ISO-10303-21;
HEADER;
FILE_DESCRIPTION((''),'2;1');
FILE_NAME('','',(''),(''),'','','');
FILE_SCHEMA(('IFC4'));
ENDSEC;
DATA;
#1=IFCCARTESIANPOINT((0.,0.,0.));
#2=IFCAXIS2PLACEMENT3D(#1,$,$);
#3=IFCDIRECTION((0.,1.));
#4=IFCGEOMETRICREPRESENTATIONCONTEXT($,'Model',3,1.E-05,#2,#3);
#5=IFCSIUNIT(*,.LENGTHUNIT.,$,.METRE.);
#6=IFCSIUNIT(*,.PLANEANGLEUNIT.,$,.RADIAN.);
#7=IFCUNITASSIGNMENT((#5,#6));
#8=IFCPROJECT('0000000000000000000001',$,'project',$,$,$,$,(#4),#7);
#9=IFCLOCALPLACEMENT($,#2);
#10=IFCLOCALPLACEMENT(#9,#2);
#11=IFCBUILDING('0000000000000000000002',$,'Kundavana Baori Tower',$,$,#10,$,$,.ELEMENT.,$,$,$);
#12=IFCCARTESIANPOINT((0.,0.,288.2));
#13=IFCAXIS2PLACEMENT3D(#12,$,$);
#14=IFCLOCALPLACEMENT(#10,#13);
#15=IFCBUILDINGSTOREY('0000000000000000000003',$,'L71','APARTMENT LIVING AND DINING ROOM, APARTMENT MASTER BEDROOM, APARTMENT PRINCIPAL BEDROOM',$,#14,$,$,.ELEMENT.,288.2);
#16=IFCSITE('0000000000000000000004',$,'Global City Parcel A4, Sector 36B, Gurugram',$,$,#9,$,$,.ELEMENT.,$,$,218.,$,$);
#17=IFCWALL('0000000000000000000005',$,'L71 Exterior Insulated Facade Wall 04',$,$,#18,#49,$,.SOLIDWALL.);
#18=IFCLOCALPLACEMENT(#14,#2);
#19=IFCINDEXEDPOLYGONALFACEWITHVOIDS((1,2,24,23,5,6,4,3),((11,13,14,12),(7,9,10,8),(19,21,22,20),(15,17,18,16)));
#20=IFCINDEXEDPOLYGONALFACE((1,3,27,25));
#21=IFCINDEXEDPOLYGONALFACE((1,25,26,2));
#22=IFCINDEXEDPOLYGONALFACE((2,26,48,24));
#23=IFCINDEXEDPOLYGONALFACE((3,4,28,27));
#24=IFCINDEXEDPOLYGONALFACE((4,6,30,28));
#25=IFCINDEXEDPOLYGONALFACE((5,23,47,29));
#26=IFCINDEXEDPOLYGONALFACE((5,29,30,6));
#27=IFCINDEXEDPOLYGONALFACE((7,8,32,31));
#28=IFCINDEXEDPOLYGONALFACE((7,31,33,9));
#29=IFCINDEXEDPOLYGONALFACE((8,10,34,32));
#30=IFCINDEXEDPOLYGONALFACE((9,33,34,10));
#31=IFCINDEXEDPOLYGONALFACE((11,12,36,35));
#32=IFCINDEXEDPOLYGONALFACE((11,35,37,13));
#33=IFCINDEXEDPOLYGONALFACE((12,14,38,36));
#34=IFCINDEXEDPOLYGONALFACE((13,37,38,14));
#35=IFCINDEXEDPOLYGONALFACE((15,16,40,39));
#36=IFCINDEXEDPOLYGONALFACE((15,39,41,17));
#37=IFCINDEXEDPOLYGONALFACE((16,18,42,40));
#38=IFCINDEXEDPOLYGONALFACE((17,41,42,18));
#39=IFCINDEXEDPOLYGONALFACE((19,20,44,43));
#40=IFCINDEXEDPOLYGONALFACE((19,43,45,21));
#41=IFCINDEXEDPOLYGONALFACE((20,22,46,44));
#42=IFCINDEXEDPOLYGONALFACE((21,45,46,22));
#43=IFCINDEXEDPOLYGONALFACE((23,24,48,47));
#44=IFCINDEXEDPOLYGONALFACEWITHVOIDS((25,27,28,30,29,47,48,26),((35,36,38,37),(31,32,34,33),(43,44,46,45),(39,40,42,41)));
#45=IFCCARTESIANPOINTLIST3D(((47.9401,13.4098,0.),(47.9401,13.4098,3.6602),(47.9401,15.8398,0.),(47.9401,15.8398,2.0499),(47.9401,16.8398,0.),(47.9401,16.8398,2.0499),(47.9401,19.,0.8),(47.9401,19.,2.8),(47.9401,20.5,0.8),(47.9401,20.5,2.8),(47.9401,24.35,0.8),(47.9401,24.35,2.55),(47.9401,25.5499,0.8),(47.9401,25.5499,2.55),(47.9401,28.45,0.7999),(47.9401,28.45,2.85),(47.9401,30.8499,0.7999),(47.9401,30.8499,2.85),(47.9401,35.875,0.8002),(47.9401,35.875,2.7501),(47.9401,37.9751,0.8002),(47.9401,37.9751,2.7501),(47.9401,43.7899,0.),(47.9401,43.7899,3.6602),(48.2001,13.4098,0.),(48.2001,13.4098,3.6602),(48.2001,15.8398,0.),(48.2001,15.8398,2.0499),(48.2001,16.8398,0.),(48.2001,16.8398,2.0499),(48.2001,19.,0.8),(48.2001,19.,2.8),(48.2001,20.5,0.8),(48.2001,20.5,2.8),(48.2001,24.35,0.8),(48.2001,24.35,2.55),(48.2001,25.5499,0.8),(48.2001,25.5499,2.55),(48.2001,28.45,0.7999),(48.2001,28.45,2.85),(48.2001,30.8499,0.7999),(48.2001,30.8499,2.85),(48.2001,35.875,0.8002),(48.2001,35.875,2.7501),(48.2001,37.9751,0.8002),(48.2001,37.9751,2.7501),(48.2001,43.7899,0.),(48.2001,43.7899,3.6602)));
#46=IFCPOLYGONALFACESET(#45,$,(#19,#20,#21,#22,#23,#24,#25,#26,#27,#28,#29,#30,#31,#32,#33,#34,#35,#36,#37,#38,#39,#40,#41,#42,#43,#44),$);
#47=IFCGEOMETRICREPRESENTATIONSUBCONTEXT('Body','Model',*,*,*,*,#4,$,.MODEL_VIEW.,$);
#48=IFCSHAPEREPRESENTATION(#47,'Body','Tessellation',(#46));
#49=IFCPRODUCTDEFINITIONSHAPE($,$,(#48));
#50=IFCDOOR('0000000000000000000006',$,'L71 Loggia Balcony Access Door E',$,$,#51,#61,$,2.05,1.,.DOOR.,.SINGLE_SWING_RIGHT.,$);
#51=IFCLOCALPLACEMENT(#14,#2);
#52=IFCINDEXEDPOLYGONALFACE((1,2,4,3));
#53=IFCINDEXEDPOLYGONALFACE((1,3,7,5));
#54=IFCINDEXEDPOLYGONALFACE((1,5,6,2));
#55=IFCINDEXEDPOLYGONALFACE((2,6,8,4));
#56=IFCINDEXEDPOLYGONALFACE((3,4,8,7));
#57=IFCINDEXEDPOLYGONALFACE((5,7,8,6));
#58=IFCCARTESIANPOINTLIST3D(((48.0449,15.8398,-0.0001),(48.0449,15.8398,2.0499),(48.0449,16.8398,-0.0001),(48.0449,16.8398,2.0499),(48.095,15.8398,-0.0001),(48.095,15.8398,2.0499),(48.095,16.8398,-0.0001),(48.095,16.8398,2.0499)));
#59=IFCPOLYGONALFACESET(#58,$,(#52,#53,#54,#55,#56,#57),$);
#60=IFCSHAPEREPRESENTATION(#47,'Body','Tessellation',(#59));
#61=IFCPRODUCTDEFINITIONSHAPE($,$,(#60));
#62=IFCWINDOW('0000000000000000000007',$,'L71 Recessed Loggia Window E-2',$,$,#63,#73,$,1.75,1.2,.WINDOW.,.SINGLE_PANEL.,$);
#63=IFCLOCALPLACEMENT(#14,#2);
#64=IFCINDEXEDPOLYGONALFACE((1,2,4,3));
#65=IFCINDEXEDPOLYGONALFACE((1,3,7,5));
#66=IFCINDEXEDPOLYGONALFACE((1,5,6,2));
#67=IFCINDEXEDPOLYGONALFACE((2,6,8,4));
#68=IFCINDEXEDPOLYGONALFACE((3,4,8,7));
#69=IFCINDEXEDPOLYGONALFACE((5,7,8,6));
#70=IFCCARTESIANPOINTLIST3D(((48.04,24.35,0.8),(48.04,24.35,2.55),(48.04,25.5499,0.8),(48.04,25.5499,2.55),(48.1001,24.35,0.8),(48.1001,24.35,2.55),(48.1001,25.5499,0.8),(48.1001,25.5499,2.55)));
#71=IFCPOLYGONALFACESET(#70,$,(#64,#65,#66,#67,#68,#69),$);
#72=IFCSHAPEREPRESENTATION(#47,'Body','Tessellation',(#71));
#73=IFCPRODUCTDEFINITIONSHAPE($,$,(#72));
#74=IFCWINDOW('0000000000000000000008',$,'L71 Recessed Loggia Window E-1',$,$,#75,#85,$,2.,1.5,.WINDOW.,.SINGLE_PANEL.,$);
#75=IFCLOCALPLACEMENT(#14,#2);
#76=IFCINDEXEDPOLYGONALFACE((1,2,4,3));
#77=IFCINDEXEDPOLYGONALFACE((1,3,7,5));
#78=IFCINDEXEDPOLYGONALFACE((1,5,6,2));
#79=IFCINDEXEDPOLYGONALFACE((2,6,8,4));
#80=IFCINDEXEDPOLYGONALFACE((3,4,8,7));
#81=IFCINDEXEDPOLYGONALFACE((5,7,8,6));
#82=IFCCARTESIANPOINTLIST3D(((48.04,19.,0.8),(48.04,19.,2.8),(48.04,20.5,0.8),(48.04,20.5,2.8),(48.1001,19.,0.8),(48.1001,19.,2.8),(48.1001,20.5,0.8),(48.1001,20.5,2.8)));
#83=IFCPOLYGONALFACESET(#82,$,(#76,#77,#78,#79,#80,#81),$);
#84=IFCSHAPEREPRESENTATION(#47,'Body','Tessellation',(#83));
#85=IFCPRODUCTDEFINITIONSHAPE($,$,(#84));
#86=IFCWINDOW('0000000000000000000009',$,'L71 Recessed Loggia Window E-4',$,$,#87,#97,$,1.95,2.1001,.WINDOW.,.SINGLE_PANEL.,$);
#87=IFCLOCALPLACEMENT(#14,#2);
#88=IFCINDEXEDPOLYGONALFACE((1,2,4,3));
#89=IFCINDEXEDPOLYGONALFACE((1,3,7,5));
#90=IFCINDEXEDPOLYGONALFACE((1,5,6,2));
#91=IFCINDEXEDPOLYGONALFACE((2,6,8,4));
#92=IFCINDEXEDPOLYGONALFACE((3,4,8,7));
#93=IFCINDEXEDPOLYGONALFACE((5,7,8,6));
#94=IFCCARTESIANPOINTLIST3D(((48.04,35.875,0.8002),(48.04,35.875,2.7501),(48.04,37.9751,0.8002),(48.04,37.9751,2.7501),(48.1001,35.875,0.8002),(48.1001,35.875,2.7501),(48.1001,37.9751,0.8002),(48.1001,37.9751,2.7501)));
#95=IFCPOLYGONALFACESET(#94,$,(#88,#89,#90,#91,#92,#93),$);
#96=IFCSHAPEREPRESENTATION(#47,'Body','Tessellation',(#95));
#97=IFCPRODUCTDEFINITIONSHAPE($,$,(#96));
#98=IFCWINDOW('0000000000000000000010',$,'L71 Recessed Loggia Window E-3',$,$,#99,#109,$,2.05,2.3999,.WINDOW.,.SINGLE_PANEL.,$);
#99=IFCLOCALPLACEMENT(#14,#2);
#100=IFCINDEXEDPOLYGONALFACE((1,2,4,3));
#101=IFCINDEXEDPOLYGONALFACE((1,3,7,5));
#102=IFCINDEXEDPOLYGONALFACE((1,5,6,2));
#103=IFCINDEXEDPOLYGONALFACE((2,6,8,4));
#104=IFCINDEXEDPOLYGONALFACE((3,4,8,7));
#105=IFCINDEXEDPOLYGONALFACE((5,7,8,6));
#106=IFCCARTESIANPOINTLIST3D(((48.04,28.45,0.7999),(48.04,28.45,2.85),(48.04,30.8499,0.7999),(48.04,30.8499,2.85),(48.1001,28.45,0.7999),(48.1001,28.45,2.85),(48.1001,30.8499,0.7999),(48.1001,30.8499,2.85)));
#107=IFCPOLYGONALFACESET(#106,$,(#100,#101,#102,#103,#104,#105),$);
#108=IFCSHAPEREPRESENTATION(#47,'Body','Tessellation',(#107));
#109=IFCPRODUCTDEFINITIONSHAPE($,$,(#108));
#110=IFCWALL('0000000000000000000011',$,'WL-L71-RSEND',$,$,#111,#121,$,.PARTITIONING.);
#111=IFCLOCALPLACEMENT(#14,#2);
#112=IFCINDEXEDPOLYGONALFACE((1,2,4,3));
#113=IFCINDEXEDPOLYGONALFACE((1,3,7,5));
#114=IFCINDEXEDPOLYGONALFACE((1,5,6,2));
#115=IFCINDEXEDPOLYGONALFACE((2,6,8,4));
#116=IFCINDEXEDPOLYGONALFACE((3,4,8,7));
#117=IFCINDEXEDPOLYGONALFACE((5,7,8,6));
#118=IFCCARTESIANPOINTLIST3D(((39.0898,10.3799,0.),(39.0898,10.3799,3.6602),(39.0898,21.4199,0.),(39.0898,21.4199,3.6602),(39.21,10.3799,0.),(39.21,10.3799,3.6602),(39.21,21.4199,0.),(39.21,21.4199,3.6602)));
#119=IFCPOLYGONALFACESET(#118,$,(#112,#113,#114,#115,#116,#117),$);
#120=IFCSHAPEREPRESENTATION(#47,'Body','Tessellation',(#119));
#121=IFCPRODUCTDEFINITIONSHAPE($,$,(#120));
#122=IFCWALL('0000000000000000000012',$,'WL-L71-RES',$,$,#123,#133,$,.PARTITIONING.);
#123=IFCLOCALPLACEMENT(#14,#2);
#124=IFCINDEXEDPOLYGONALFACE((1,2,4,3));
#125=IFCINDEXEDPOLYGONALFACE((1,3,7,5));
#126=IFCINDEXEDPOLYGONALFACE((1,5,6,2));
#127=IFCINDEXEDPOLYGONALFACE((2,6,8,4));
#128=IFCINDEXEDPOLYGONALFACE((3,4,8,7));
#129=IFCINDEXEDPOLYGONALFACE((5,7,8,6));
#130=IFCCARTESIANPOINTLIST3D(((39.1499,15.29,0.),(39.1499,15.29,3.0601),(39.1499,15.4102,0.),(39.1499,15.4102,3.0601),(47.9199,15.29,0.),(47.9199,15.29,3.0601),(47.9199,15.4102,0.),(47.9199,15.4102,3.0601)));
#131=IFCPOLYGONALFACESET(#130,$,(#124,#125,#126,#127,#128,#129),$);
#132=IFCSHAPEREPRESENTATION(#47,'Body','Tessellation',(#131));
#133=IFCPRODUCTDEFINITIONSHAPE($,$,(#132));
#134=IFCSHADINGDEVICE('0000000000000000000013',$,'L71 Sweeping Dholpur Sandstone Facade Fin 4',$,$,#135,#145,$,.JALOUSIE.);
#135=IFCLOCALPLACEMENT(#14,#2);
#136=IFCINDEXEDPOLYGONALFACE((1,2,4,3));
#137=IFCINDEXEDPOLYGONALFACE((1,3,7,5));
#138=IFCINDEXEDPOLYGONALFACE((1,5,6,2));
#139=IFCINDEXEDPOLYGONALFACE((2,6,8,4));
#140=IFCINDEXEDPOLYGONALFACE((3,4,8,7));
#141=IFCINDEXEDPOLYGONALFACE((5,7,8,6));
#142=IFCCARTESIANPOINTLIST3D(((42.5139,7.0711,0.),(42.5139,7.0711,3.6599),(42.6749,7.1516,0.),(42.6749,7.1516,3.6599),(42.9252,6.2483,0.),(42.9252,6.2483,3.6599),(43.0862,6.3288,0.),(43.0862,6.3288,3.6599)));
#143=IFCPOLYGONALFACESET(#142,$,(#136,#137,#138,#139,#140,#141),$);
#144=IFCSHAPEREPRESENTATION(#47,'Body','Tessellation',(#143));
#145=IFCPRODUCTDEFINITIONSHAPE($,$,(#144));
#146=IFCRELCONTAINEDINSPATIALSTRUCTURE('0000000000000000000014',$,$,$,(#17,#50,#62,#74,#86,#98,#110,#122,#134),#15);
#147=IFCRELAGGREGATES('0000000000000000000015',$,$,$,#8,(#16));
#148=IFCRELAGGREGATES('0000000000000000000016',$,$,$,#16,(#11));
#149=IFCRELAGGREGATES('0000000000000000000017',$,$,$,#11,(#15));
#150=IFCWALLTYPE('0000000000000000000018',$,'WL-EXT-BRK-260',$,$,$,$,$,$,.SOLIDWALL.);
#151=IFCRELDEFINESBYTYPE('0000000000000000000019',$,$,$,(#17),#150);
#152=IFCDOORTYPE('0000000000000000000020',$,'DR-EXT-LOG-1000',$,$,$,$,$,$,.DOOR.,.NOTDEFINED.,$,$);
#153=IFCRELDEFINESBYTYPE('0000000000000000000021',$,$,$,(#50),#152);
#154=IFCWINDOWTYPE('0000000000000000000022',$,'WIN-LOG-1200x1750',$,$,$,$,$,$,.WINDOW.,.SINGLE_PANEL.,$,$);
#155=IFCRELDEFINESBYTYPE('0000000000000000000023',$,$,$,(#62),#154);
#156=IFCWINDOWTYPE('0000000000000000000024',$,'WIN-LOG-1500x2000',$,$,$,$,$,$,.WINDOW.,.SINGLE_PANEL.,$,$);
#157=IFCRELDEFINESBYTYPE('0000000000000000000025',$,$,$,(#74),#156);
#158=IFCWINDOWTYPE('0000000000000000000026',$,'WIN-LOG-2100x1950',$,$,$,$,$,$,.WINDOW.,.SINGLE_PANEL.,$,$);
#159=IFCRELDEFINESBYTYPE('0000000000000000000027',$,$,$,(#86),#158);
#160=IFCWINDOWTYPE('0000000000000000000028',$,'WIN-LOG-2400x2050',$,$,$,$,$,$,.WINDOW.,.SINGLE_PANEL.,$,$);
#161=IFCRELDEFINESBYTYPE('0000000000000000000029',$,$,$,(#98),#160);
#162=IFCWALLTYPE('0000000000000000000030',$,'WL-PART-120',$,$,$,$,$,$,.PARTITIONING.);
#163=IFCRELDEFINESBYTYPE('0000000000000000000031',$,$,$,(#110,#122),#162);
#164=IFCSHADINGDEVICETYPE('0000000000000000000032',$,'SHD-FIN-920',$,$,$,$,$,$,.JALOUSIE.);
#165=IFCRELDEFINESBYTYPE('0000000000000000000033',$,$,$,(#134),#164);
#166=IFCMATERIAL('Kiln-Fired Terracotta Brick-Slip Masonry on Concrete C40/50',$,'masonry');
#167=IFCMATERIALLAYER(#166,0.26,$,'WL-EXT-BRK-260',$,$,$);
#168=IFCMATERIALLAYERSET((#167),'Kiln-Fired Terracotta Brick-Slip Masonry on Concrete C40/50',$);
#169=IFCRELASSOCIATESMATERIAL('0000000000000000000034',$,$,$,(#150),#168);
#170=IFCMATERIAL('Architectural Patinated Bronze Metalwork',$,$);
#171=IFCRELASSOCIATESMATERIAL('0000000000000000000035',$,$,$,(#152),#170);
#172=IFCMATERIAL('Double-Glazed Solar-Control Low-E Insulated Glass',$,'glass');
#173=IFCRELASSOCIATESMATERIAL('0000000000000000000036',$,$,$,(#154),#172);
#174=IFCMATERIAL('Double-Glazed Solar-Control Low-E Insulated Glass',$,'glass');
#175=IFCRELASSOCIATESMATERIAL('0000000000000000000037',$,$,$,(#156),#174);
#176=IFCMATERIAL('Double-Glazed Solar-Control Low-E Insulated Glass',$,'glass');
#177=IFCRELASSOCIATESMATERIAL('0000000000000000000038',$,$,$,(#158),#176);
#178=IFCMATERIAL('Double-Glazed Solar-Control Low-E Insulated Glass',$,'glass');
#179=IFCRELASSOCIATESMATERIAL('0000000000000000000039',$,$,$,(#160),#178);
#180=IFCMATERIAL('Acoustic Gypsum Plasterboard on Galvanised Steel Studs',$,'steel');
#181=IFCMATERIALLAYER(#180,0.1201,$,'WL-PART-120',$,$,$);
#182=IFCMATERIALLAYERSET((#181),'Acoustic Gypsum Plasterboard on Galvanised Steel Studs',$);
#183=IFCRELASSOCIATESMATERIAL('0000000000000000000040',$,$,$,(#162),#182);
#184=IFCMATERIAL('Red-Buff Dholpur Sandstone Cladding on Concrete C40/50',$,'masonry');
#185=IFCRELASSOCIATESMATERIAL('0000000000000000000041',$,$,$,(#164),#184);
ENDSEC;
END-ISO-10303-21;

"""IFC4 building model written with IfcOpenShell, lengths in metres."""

from ifc_helpers import new_model, si_unit, direction, frame, frame_2d, origin, origin_2d, place, context, subcontext, project, spatial, rectangle, extrude, material, layer, layer_set, type_object, element, fill, save


model = new_model("IFC4")

# Units and contexts
model_context = context("Model", 3, precision=1e-05, world=origin(), true_north=direction((0.0, 1.0)))
body_context = subcontext(model_context, "Body", "Model", "MODEL_VIEW")
ifc_project = project(units=[si_unit("LENGTHUNIT", "METRE"), si_unit("PLANEANGLEUNIT", "RADIAN")], contexts=[model_context])

# Site, building, storey
site_placement = place(None, origin())
site = spatial("IfcSite", under=ifc_project, at=site_placement, Name="Global City Parcel A4, Sector 36B, Gurugram", CompositionType="ELEMENT", RefElevation=218.0)
building_placement = place(site_placement, origin())
building = spatial("IfcBuilding", under=site, at=building_placement, Name="Kundavana Baori Tower", CompositionType="ELEMENT")
storey_placement = place(building_placement, frame((0.0, 0.0, 288.2)))
storey = spatial("IfcBuildingStorey", under=building, at=storey_placement, Name="L71", Description="APARTMENT LIVING AND DINING ROOM, APARTMENT MASTER BEDROOM, APARTMENT PRINCIPAL BEDROOM", CompositionType="ELEMENT", Elevation=288.2)

# Shared definitions
ifc_material_1 = material(Name="Kiln-Fired Terracotta Brick-Slip Masonry on Concrete C40/50", Category="masonry")
ifc_layer_1 = layer(ifc_material_1, 0.26, Name="WL-EXT-BRK-260")
ifc_layer_set_1 = layer_set([ifc_layer_1], Name="Kiln-Fired Terracotta Brick-Slip Masonry on Concrete C40/50")
wall_type_1 = type_object("IfcWallType", Name="WL-EXT-BRK-260", PredefinedType="SOLIDWALL", material=ifc_layer_set_1)

# Wall, openings, door, windows
wall_1_placement = place(storey_placement, frame((48.0701, 13.4099, 0.0), z_axis=(0.0, 0.0, 1.0), x_axis=(0.0, 1.0, 0.0)))
wall_1 = element("IfcWall", 1, at=wall_1_placement, inside=storey, type_object=wall_type_1, Name="L71 Exterior Insulated Facade Wall 04", PredefinedType="SOLIDWALL", context=body_context, shape_type="SweptSolid", body=[
    extrude(rectangle(XDim=30.3801, YDim=0.26, at=frame_2d((15.1899, 0.0))), origin(), (0.0, 0.0, 1.0), 3.6602),
])
opening_1_placement = place(wall_1_placement, frame((2.4299, 0.0, 0.0)))
opening_1 = element("IfcOpeningElement", 2, at=opening_1_placement, cuts=wall_1, PredefinedType="OPENING", context=body_context, shape_type="SweptSolid", body=[
    extrude(rectangle(XDim=1.0, YDim=2.05, at=frame_2d((0.5, 1.0249))), frame((0.0, 0.1401, 0.0), z_axis=(0.0, -1.0, 0.0), x_axis=(1.0, 0.0, 0.0)), (0.0, 0.0, 1.0), 0.28),
])
opening_2_placement = place(wall_1_placement, frame((5.5901, 0.0, 0.8)))
opening_2 = element("IfcOpeningElement", 3, at=opening_2_placement, cuts=wall_1, PredefinedType="OPENING", context=body_context, shape_type="SweptSolid", body=[
    extrude(rectangle(XDim=1.5, YDim=2.0, at=frame_2d((0.75, 1.0))), frame((0.0, 0.1401, 0.0), z_axis=(0.0, -1.0, 0.0), x_axis=(1.0, 0.0, 0.0)), (0.0, 0.0, 1.0), 0.28),
])
opening_3_placement = place(wall_1_placement, frame((10.9399, 0.0, 0.8)))
opening_3 = element("IfcOpeningElement", 4, at=opening_3_placement, cuts=wall_1, PredefinedType="OPENING", context=body_context, shape_type="SweptSolid", body=[
    extrude(rectangle(XDim=1.2, YDim=1.75, at=frame_2d((0.6001, 0.875))), frame((0.0, 0.1401, 0.0), z_axis=(0.0, -1.0, 0.0), x_axis=(1.0, 0.0, 0.0)), (0.0, 0.0, 1.0), 0.28),
])
opening_4_placement = place(wall_1_placement, frame((15.04, 0.0, 0.8)))
opening_4 = element("IfcOpeningElement", 5, at=opening_4_placement, cuts=wall_1, PredefinedType="OPENING", context=body_context, shape_type="SweptSolid", body=[
    extrude(rectangle(XDim=2.3999, YDim=2.05, at=frame_2d((1.2, 1.0249))), frame((0.0, 0.1401, 0.0), z_axis=(0.0, -1.0, 0.0), x_axis=(1.0, 0.0, 0.0)), (0.0, 0.0, 1.0), 0.28),
])
opening_5_placement = place(wall_1_placement, frame((22.4651, 0.0, 0.8)))
opening_5 = element("IfcOpeningElement", 6, at=opening_5_placement, cuts=wall_1, PredefinedType="OPENING", context=body_context, shape_type="SweptSolid", body=[
    extrude(rectangle(XDim=2.1001, YDim=1.95, at=frame_2d((1.05, 0.9751))), frame((0.0, 0.1401, 0.0), z_axis=(0.0, -1.0, 0.0), x_axis=(1.0, 0.0, 0.0)), (0.0, 0.0, 1.0), 0.28),
])
ifc_material_2 = material(Name="Architectural Patinated Bronze Metalwork")
door_type = type_object("IfcDoorType", Name="DR-EXT-LOG-1000", OperationType="NOTDEFINED", PredefinedType="DOOR", material=ifc_material_2)
door_placement = place(opening_1_placement, frame((1.0, 0.0, 0.0), z_axis=(0.0, 0.0, 1.0), x_axis=(-1.0, 0.0, 0.0)))
door = element("IfcDoor", 7, at=door_placement, inside=storey, type_object=door_type, Name="L71 Loggia Balcony Access Door E", OperationType="SINGLE_SWING_RIGHT", OverallHeight=2.05, OverallWidth=1.0, PredefinedType="DOOR", context=body_context, shape_type="SweptSolid", body=[
    extrude(rectangle(XDim=1.0, YDim=2.05, at=frame_2d((0.5, 1.0249))), frame((0.0, 0.0249, 0.0), z_axis=(0.0, -1.0, 0.0), x_axis=(1.0, 0.0, 0.0)), (0.0, 0.0, 1.0), 0.05),
])
fill(opening_1, door)
ifc_material_3 = material(Name="Double-Glazed Solar-Control Low-E Insulated Glass", Category="glass")
window_type_1 = type_object("IfcWindowType", Name="WIN-LOG-1200x1750", PartitioningType="SINGLE_PANEL", PredefinedType="WINDOW", material=ifc_material_3)
window_1_placement = place(opening_3_placement, origin())
window_1 = element("IfcWindow", 8, at=window_1_placement, inside=storey, type_object=window_type_1, Name="L71 Recessed Loggia Window E-2", OverallHeight=1.75, OverallWidth=1.2, PartitioningType="SINGLE_PANEL", PredefinedType="WINDOW", context=body_context, shape_type="SweptSolid", body=[
    extrude(rectangle(XDim=1.2, YDim=1.75, at=frame_2d((0.6001, 0.875))), frame((0.0, 0.03, 0.0), z_axis=(0.0, -1.0, 0.0), x_axis=(1.0, 0.0, 0.0)), (0.0, 0.0, 1.0), 0.0601),
])
fill(opening_3, window_1)
ifc_material_4 = material(Name="Double-Glazed Solar-Control Low-E Insulated Glass", Category="glass")
window_type_2 = type_object("IfcWindowType", Name="WIN-LOG-1500x2000", PartitioningType="SINGLE_PANEL", PredefinedType="WINDOW", material=ifc_material_4)
window_2_placement = place(opening_2_placement, origin())
window_2 = element("IfcWindow", 9, at=window_2_placement, inside=storey, type_object=window_type_2, Name="L71 Recessed Loggia Window E-1", OverallHeight=2.0, OverallWidth=1.5, PartitioningType="SINGLE_PANEL", PredefinedType="WINDOW", context=body_context, shape_type="SweptSolid", body=[
    extrude(rectangle(XDim=1.5, YDim=2.0, at=frame_2d((0.75, 1.0))), frame((0.0, 0.03, 0.0), z_axis=(0.0, -1.0, 0.0), x_axis=(1.0, 0.0, 0.0)), (0.0, 0.0, 1.0), 0.0601),
])
fill(opening_2, window_2)
ifc_material_5 = material(Name="Double-Glazed Solar-Control Low-E Insulated Glass", Category="glass")
window_type_3 = type_object("IfcWindowType", Name="WIN-LOG-2100x1950", PartitioningType="SINGLE_PANEL", PredefinedType="WINDOW", material=ifc_material_5)
window_3_placement = place(opening_5_placement, origin())
window_3 = element("IfcWindow", 10, at=window_3_placement, inside=storey, type_object=window_type_3, Name="L71 Recessed Loggia Window E-4", OverallHeight=1.95, OverallWidth=2.1001, PartitioningType="SINGLE_PANEL", PredefinedType="WINDOW", context=body_context, shape_type="SweptSolid", body=[
    extrude(rectangle(XDim=2.1001, YDim=1.95, at=frame_2d((1.05, 0.9751))), frame((0.0, 0.03, 0.0), z_axis=(0.0, -1.0, 0.0), x_axis=(1.0, 0.0, 0.0)), (0.0, 0.0, 1.0), 0.0601),
])
fill(opening_5, window_3)
ifc_material_6 = material(Name="Double-Glazed Solar-Control Low-E Insulated Glass", Category="glass")
window_type_4 = type_object("IfcWindowType", Name="WIN-LOG-2400x2050", PartitioningType="SINGLE_PANEL", PredefinedType="WINDOW", material=ifc_material_6)
window_4_placement = place(opening_4_placement, origin())
window_4 = element("IfcWindow", 11, at=window_4_placement, inside=storey, type_object=window_type_4, Name="L71 Recessed Loggia Window E-3", OverallHeight=2.05, OverallWidth=2.3999, PartitioningType="SINGLE_PANEL", PredefinedType="WINDOW", context=body_context, shape_type="SweptSolid", body=[
    extrude(rectangle(XDim=2.3999, YDim=2.05, at=frame_2d((1.2, 1.0249))), frame((0.0, 0.03, 0.0), z_axis=(0.0, -1.0, 0.0), x_axis=(1.0, 0.0, 0.0)), (0.0, 0.0, 1.0), 0.0601),
])
fill(opening_4, window_4)

# Walls
ifc_material_7 = material(Name="Acoustic Gypsum Plasterboard on Galvanised Steel Studs", Category="steel")
ifc_layer_2 = layer(ifc_material_7, 0.1201, Name="WL-PART-120")
ifc_layer_set_2 = layer_set([ifc_layer_2], Name="Acoustic Gypsum Plasterboard on Galvanised Steel Studs")
wall_type_2 = type_object("IfcWallType", Name="WL-PART-120", PredefinedType="PARTITIONING", material=ifc_layer_set_2)
wall_2_placement = place(storey_placement, frame((39.1499, 10.3799, 0.0), z_axis=(0.0, 0.0, 1.0), x_axis=(0.0, 1.0, 0.0)))
element("IfcWall", 12, at=wall_2_placement, inside=storey, type_object=wall_type_2, Name="WL-L71-RSEND", PredefinedType="PARTITIONING", context=body_context, shape_type="SweptSolid", body=[
    extrude(rectangle(XDim=11.04, YDim=0.1201, at=frame_2d((5.52, 0.0))), origin(), (0.0, 0.0, 1.0), 3.6602),
])
wall_3_placement = place(storey_placement, frame((39.1499, 15.3501, 0.0), z_axis=(0.0, 0.0, 1.0), x_axis=(1.0, 0.0, 0.0)))
element("IfcWall", 13, at=wall_3_placement, inside=storey, type_object=wall_type_2, Name="WL-L71-RES", PredefinedType="PARTITIONING", context=body_context, shape_type="SweptSolid", body=[
    extrude(rectangle(XDim=8.77, YDim=0.1201, at=frame_2d((4.385, 0.0))), origin(), (0.0, 0.0, 1.0), 3.0601),
])

# Shading device
ifc_material_8 = material(Name="Red-Buff Dholpur Sandstone Cladding on Concrete C40/50", Category="masonry")
shading_device_type = type_object("IfcShadingDeviceType", Name="SHD-FIN-920", PredefinedType="JALOUSIE", material=ifc_material_8)
shading_device_placement = place(storey_placement, frame((42.8, 6.7, 0.0), z_axis=(0.0, 0.0, 1.0), x_axis=(0.894467, 0.447135, 0.0)))
element("IfcShadingDevice", 14, at=shading_device_placement, inside=storey, type_object=shading_device_type, Name="L71 Sweeping Dholpur Sandstone Facade Fin 4", PredefinedType="JALOUSIE", context=body_context, shape_type="SweptSolid", body=[
    extrude(rectangle(XDim=0.1799, YDim=0.9199, at=origin_2d()), origin(), (0.0, 0.0, 1.0), 3.6599),
])

save(model, "model.ifc")
